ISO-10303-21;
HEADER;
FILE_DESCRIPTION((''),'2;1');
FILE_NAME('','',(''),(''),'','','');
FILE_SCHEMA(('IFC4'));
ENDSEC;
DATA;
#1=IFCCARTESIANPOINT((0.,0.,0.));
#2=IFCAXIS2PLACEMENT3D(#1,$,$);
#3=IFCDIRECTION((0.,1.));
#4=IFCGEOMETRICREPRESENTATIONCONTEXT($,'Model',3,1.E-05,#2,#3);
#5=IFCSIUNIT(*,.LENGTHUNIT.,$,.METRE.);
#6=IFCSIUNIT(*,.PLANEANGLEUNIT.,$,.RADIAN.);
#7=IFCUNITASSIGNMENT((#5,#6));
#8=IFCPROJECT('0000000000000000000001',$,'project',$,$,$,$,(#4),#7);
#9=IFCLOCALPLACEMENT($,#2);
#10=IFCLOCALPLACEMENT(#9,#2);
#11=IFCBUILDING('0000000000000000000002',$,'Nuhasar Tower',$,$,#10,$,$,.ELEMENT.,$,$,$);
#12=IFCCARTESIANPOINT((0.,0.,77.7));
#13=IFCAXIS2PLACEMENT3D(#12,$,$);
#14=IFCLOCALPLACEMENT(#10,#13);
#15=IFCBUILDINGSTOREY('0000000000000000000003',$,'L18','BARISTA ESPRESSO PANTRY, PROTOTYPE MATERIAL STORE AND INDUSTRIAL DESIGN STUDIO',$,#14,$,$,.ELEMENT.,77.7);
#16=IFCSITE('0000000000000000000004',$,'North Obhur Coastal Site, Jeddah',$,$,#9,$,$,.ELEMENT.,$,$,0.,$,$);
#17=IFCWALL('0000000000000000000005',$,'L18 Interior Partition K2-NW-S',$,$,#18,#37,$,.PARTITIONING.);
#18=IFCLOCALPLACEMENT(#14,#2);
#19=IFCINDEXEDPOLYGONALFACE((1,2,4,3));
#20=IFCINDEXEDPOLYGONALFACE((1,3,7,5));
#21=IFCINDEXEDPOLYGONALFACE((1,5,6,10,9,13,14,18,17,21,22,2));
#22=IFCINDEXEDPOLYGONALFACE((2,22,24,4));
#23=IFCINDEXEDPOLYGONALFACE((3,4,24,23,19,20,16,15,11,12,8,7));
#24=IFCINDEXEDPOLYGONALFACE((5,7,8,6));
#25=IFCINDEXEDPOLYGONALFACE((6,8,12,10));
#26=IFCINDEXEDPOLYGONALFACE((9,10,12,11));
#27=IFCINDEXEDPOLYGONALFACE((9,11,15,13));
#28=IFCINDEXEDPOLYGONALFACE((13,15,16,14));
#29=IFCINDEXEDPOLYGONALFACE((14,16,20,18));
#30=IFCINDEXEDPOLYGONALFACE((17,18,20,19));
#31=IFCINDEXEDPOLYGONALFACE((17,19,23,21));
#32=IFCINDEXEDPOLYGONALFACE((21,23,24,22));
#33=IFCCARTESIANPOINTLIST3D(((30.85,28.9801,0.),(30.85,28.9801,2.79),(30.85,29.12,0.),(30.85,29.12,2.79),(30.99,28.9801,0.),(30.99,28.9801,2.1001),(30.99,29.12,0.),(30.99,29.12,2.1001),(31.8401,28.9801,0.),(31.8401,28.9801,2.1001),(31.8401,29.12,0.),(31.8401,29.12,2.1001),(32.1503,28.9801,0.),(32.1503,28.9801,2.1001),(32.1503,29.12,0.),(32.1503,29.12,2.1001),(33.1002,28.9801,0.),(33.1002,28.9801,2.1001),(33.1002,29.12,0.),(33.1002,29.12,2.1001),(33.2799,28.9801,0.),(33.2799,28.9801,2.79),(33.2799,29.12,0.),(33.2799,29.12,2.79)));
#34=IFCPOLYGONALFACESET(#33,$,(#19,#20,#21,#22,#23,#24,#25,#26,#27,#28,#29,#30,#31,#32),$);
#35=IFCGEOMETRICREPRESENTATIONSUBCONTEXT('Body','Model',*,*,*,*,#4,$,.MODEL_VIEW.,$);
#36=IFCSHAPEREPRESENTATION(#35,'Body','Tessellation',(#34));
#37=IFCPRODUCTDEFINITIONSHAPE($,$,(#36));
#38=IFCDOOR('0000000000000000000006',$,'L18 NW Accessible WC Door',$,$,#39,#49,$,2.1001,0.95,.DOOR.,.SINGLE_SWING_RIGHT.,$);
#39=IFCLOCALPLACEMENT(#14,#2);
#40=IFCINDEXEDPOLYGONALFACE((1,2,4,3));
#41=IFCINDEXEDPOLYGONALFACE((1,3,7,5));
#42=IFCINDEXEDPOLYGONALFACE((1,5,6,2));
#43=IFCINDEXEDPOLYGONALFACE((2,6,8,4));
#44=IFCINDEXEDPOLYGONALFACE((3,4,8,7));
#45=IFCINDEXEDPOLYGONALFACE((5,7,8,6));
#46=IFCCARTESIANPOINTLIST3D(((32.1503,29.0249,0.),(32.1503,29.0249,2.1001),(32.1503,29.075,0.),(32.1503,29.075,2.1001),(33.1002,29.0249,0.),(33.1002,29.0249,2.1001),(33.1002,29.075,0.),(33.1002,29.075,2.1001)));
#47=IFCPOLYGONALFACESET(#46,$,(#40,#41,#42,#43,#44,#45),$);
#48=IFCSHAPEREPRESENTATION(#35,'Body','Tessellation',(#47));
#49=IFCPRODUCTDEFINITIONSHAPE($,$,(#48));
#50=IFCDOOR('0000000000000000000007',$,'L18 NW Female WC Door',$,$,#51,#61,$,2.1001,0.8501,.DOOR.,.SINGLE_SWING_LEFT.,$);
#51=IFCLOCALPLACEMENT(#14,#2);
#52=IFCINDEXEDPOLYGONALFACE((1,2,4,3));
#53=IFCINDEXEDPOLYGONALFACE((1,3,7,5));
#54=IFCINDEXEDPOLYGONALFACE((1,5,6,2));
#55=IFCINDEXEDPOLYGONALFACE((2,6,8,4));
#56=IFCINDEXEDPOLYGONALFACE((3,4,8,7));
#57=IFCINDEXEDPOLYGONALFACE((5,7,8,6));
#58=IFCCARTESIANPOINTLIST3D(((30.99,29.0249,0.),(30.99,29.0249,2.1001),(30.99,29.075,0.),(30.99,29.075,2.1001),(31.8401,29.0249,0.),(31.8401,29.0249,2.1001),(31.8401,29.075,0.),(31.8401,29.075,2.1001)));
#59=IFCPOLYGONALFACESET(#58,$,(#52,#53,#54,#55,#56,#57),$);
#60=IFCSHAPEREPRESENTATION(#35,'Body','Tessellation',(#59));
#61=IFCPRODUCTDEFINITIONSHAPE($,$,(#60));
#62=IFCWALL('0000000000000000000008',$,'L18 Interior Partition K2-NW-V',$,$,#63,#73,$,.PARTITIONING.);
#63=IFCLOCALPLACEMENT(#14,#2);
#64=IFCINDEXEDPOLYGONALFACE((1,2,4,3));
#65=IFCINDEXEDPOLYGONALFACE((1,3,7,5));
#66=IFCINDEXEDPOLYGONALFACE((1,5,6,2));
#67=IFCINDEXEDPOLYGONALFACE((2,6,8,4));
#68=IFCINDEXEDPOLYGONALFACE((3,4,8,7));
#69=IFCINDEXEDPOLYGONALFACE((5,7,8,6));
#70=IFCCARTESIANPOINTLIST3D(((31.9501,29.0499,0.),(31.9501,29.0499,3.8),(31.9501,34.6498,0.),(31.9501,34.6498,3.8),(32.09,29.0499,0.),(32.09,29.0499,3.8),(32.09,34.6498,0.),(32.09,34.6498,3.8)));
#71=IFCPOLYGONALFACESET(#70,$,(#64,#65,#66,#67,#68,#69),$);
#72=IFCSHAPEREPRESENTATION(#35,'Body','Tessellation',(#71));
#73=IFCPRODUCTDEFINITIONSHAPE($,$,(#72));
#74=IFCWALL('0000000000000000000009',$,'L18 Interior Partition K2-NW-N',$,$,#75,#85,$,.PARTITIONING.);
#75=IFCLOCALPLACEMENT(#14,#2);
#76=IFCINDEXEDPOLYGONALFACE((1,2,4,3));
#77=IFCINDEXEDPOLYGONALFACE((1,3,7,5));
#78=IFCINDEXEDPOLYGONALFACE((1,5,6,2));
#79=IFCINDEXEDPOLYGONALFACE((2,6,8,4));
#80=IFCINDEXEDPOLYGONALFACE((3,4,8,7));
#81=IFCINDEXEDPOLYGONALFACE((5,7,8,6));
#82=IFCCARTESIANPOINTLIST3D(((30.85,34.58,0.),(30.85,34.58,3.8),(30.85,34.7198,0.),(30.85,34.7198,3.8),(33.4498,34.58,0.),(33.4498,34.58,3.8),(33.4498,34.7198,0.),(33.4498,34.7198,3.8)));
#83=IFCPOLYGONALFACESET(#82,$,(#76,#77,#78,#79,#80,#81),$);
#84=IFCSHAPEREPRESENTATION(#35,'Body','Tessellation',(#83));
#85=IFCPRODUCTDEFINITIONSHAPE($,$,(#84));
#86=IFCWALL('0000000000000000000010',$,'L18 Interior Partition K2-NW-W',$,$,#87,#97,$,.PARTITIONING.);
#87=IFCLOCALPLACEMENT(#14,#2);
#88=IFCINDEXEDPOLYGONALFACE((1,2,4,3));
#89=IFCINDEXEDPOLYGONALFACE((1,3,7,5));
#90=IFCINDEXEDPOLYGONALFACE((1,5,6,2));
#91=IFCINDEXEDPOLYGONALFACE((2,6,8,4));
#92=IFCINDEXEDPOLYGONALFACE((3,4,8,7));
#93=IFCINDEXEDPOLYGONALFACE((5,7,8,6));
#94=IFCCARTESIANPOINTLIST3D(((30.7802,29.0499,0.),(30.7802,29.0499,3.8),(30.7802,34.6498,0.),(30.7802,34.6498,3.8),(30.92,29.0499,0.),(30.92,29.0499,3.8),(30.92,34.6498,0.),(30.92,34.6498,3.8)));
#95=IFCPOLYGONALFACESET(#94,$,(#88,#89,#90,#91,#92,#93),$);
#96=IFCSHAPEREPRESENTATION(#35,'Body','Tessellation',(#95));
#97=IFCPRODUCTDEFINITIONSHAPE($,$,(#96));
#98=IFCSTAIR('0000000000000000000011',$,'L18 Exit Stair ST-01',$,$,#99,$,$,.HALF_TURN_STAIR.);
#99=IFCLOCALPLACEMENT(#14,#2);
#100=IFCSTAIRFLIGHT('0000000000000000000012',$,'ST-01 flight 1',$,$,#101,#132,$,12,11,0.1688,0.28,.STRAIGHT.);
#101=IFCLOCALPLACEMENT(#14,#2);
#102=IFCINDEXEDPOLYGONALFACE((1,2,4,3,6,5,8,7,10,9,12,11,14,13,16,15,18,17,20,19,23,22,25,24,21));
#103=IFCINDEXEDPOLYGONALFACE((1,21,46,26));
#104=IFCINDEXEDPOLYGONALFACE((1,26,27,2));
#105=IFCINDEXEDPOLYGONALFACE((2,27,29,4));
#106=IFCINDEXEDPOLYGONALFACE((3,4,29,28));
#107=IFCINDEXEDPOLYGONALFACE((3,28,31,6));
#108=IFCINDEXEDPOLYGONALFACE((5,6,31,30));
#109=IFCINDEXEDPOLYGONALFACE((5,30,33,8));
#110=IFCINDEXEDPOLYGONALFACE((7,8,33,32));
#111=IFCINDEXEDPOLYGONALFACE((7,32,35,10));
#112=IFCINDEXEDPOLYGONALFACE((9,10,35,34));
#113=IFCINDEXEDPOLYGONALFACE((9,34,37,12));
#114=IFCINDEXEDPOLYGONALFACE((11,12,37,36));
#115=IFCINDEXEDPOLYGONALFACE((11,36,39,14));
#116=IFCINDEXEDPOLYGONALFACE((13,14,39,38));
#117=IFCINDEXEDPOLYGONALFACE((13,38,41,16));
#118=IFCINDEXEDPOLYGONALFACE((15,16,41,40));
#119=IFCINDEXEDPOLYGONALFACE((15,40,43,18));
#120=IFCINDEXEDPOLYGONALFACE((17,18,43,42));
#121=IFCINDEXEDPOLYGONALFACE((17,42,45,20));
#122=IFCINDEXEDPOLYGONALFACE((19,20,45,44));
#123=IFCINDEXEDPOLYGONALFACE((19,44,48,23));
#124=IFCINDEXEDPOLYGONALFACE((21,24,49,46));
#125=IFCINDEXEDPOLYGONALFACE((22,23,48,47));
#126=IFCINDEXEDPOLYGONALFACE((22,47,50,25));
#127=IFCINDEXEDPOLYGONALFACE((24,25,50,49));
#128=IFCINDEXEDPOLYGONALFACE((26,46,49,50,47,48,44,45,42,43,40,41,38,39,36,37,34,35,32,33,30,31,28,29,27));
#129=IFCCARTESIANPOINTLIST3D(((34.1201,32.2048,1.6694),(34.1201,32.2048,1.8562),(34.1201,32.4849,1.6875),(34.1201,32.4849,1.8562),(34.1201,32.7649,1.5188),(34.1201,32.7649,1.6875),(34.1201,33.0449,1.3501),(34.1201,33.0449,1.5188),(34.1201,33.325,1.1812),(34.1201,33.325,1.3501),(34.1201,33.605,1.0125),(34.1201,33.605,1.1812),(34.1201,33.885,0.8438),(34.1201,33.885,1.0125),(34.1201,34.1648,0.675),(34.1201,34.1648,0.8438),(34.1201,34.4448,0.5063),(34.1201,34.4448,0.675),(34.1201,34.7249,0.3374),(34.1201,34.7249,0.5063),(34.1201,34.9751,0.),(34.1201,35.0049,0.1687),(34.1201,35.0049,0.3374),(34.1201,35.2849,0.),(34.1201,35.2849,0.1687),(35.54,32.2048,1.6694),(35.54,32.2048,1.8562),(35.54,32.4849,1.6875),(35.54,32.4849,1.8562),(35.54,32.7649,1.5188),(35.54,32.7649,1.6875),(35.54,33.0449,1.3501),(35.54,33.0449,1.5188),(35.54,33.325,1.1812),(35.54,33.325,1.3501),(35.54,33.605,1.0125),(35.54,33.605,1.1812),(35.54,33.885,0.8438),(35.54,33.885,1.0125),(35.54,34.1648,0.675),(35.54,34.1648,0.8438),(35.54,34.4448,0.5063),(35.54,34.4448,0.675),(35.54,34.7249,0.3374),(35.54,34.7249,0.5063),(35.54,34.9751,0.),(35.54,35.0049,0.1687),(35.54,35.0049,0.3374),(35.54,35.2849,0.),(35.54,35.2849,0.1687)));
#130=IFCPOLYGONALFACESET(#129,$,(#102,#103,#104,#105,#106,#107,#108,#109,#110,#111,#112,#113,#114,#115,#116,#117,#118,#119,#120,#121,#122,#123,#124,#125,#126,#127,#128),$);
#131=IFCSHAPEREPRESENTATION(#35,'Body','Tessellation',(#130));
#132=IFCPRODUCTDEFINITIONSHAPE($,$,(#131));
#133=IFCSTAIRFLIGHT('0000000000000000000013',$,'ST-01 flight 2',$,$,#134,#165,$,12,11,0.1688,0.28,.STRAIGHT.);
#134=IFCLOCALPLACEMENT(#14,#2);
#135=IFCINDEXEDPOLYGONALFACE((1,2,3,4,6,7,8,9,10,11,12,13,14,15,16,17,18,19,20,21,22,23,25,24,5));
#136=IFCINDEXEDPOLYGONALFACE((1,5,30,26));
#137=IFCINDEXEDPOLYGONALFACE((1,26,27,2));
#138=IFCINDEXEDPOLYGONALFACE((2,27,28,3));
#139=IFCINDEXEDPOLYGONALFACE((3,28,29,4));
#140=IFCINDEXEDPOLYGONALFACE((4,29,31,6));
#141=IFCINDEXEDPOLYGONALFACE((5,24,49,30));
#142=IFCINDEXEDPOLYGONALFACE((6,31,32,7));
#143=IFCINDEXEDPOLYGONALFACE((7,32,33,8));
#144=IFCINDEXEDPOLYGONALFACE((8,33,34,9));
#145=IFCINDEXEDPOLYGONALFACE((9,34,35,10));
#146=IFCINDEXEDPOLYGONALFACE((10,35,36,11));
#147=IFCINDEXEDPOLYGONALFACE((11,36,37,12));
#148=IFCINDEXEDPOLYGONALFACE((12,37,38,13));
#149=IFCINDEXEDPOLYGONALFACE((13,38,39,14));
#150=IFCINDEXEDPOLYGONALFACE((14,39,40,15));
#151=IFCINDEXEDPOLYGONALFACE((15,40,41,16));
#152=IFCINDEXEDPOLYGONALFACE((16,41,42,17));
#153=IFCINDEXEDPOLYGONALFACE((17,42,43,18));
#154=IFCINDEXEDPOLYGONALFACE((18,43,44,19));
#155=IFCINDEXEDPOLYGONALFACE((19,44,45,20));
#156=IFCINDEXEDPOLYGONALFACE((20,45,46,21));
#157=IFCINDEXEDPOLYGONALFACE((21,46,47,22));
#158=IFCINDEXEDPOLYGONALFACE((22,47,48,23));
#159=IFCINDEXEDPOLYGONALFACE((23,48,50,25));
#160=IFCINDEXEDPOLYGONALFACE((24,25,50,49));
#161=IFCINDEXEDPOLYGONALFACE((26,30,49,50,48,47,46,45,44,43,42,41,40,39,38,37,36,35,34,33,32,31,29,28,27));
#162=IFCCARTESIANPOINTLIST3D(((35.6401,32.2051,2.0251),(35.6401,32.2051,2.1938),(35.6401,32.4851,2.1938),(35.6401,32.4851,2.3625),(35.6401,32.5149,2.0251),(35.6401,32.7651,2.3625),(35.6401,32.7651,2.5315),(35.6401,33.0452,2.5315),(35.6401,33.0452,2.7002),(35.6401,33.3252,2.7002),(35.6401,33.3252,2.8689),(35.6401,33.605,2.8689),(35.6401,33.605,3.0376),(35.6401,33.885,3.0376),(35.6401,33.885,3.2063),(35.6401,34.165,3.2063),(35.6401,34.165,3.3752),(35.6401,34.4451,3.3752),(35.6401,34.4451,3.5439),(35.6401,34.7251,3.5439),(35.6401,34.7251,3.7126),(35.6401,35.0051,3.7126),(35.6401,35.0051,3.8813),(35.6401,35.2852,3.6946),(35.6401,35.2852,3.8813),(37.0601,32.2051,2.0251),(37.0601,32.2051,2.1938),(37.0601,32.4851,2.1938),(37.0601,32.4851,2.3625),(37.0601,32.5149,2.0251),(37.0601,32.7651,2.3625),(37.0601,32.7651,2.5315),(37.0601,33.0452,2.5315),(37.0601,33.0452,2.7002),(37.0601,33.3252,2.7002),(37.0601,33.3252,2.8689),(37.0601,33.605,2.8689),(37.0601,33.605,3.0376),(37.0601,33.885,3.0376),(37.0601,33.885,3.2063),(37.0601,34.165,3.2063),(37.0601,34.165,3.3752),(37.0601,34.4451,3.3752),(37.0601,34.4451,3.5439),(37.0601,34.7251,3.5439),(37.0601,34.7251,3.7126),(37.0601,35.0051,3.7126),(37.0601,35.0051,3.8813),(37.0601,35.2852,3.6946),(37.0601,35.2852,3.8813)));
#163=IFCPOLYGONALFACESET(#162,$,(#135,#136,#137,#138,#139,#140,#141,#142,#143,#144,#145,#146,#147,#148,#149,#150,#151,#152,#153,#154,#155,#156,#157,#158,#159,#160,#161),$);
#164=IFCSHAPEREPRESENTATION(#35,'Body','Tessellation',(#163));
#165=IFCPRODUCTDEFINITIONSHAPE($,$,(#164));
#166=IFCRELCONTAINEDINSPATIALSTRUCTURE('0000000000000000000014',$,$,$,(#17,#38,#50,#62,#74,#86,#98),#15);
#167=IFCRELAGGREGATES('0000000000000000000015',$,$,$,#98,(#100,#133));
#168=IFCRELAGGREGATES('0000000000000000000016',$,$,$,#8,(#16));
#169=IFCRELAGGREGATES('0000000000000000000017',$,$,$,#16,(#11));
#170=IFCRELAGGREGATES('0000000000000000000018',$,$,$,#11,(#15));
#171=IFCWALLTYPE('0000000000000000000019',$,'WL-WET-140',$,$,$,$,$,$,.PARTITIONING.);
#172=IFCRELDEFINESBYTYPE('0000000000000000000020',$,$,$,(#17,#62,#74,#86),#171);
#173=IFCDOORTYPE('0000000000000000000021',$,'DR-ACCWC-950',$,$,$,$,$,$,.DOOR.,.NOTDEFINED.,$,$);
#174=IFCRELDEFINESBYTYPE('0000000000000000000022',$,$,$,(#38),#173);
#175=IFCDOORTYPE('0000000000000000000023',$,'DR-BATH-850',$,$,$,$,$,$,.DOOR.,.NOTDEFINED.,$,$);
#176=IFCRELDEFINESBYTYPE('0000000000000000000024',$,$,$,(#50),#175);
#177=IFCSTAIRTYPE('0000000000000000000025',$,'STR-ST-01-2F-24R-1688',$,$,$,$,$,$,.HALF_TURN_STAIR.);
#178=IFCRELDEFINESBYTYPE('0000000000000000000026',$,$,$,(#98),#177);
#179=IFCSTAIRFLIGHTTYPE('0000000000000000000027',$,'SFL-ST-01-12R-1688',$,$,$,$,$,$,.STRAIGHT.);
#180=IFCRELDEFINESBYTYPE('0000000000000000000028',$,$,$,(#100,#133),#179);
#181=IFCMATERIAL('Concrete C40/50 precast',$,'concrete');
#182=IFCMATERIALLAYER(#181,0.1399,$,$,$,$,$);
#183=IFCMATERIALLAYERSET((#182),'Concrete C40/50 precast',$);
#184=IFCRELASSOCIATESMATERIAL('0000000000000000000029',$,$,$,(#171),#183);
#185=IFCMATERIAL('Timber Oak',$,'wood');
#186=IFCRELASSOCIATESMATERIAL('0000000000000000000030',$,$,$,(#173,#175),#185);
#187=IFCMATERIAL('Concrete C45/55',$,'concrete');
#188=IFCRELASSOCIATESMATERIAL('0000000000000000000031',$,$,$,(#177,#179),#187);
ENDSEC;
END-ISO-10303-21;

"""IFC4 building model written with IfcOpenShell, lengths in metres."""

from ifc_helpers import new_model, si_unit, direction, frame, frame_2d, origin, place, context, subcontext, project, spatial, polyline, rectangle, outline, extrude, material, layer, layer_set, type_object, element, fill, aggregate, save


model = new_model("IFC4")

# Units and contexts
model_context = context("Model", 3, precision=1e-05, world=origin(), true_north=direction((0.0, 1.0)))
body_context = subcontext(model_context, "Body", "Model", "MODEL_VIEW")
ifc_project = project(units=[si_unit("LENGTHUNIT", "METRE"), si_unit("PLANEANGLEUNIT", "RADIAN")], contexts=[model_context])

# Site, building, storey
site_placement = place(None, origin())
site = spatial("IfcSite", under=ifc_project, at=site_placement, Name="North Obhur Coastal Site, Jeddah", CompositionType="ELEMENT", RefElevation=0.0)
building_placement = place(site_placement, origin())
building = spatial("IfcBuilding", under=site, at=building_placement, Name="Nuhasar Tower", CompositionType="ELEMENT")
storey_placement = place(building_placement, frame((0.0, 0.0, 77.7)))
storey = spatial("IfcBuildingStorey", under=building, at=storey_placement, Name="L18", Description="BARISTA ESPRESSO PANTRY, PROTOTYPE MATERIAL STORE AND INDUSTRIAL DESIGN STUDIO", CompositionType="ELEMENT", Elevation=77.7)

# Shared definitions
ifc_material_1 = material(Name="Concrete C40/50 precast", Category="concrete")
ifc_layer_1 = layer(ifc_material_1, 0.1399)
ifc_layer_set_1 = layer_set([ifc_layer_1], Name="Concrete C40/50 precast")
wall_type_1 = type_object("IfcWallType", Name="WL-WET-140", PredefinedType="PARTITIONING", material=ifc_layer_set_1)

# Wall, openings, doors
wall_1_placement = place(storey_placement, frame((30.8501, 29.05, 0.0), z_axis=(0.0, 0.0, 1.0), x_axis=(1.0, 0.0, 0.0)))
wall_1 = element("IfcWall", 1, at=wall_1_placement, inside=storey, type_object=wall_type_1, Name="L18 Interior Partition K2-NW-S", PredefinedType="PARTITIONING", context=body_context, shape_type="SweptSolid", body=[
    extrude(rectangle(XDim=2.4299, YDim=0.1399, at=frame_2d((1.2148, 0.0))), origin(), (0.0, 0.0, 1.0), 2.79),
])
opening_1_placement = place(wall_1_placement, frame((0.1399, 0.0, 0.0)))
opening_1 = element("IfcOpeningElement", 2, at=opening_1_placement, cuts=wall_1, PredefinedType="OPENING", context=body_context, shape_type="SweptSolid", body=[
    extrude(rectangle(XDim=0.8501, YDim=2.1001, at=frame_2d((0.425, 1.05))), frame((0.0, 0.0801, 0.0), z_axis=(0.0, -1.0, 0.0), x_axis=(1.0, 0.0, 0.0)), (0.0, 0.0, 1.0), 0.1599),
])
opening_2_placement = place(wall_1_placement, frame((1.3, 0.0, 0.0)))
opening_2 = element("IfcOpeningElement", 3, at=opening_2_placement, cuts=wall_1, PredefinedType="OPENING", context=body_context, shape_type="SweptSolid", body=[
    extrude(rectangle(XDim=0.95, YDim=2.1001, at=frame_2d((0.4751, 1.05))), frame((0.0, 0.0801, 0.0), z_axis=(0.0, -1.0, 0.0), x_axis=(1.0, 0.0, 0.0)), (0.0, 0.0, 1.0), 0.1599),
])
ifc_material_2 = material(Name="Timber Oak", Category="wood")
door_type_1 = type_object("IfcDoorType", Name="DR-ACCWC-950", OperationType="NOTDEFINED", PredefinedType="DOOR", material=ifc_material_2)
door_1_placement = place(opening_2_placement, origin())
door_1 = element("IfcDoor", 4, at=door_1_placement, inside=storey, type_object=door_type_1, Name="L18 NW Accessible WC Door", OperationType="SINGLE_SWING_RIGHT", OverallHeight=2.1001, OverallWidth=0.95, PredefinedType="DOOR", context=body_context, shape_type="SweptSolid", body=[
    extrude(rectangle(XDim=0.95, YDim=2.1001, at=frame_2d((0.4751, 1.05))), frame((0.0, 0.0249, 0.0), z_axis=(0.0, -1.0, 0.0), x_axis=(1.0, 0.0, 0.0)), (0.0, 0.0, 1.0), 0.05),
])
fill(opening_2, door_1)
door_type_2 = type_object("IfcDoorType", Name="DR-BATH-850", OperationType="NOTDEFINED", PredefinedType="DOOR", material=ifc_material_2)
door_2_placement = place(opening_1_placement, origin())
door_2 = element("IfcDoor", 5, at=door_2_placement, inside=storey, type_object=door_type_2, Name="L18 NW Female WC Door", OperationType="SINGLE_SWING_LEFT", OverallHeight=2.1001, OverallWidth=0.8501, PredefinedType="DOOR", context=body_context, shape_type="SweptSolid", body=[
    extrude(rectangle(XDim=0.8501, YDim=2.1001, at=frame_2d((0.425, 1.05))), frame((0.0, 0.0249, 0.0), z_axis=(0.0, -1.0, 0.0), x_axis=(1.0, 0.0, 0.0)), (0.0, 0.0, 1.0), 0.05),
])
fill(opening_1, door_2)

# Walls
wall_2_placement = place(storey_placement, frame((32.02, 29.05, 0.0), z_axis=(0.0, 0.0, 1.0), x_axis=(0.0, 1.0, 0.0)))
element("IfcWall", 6, at=wall_2_placement, inside=storey, type_object=wall_type_1, Name="L18 Interior Partition K2-NW-V", PredefinedType="PARTITIONING", context=body_context, shape_type="SweptSolid", body=[
    extrude(rectangle(XDim=5.5999, YDim=0.1399, at=frame_2d((2.7998, 0.0))), origin(), (0.0, 0.0, 1.0), 3.8),
])
wall_3_placement = place(storey_placement, frame((30.8501, 34.6499, 0.0), z_axis=(0.0, 0.0, 1.0), x_axis=(1.0, 0.0, 0.0)))
element("IfcWall", 7, at=wall_3_placement, inside=storey, type_object=wall_type_1, Name="L18 Interior Partition K2-NW-N", PredefinedType="PARTITIONING", context=body_context, shape_type="SweptSolid", body=[
    extrude(rectangle(XDim=2.5999, YDim=0.1399, at=frame_2d((1.2998, 0.0))), origin(), (0.0, 0.0, 1.0), 3.8),
])
wall_4_placement = place(storey_placement, frame((30.8501, 29.05, 0.0), z_axis=(0.0, 0.0, 1.0), x_axis=(0.0, 1.0, 0.0)))
element("IfcWall", 8, at=wall_4_placement, inside=storey, type_object=wall_type_1, Name="L18 Interior Partition K2-NW-W", PredefinedType="PARTITIONING", context=body_context, shape_type="SweptSolid", body=[
    extrude(rectangle(XDim=5.5999, YDim=0.1399, at=frame_2d((2.7998, 0.0))), origin(), (0.0, 0.0, 1.0), 3.8),
])

# Stair, stair flights
ifc_material_3 = material(Name="Concrete C45/55", Category="concrete")
stair_type_1 = type_object("IfcStairType", Name="STR-ST-01-2F-24R-1688", PredefinedType="HALF_TURN_STAIR", material=ifc_material_3)
stair_1_placement = place(storey_placement, origin())
stair_1 = element("IfcStair", 9, at=stair_1_placement, inside=storey, type_object=stair_type_1, Name="L18 Exit Stair ST-01", PredefinedType="HALF_TURN_STAIR")
stair_flight_type_1 = type_object("IfcStairFlightType", Name="SFL-ST-01-12R-1688", PredefinedType="STRAIGHT", material=ifc_material_3)
stair_flight_1_placement = place(storey_placement, frame((34.8301, 35.2849, 0.0), z_axis=(0.0, 0.0, 1.0), x_axis=(0.0, -1.0, 0.0)))
stair_flight_1 = element("IfcStairFlight", 10, at=stair_flight_1_placement, type_object=stair_flight_type_1, Name="ST-01 flight 1", NumberOfRisers=12, NumberOfTreads=11, PredefinedType="STRAIGHT", RiserHeight=0.1688, TreadLength=0.28, context=body_context, shape_type="SweptSolid", body=[
    extrude(outline(polyline([(0.0, 0.0), (0.0, 0.1687), (0.28, 0.1687), (0.28, 0.3374), (0.5601, 0.3374), (0.5601, 0.5063), (0.8401, 0.5063), (0.8401, 0.675), (1.1201, 0.675), (1.1201, 0.8438), (1.3999, 0.8438), (1.3999, 1.0125), (1.6799, 1.0125), (1.6799, 1.1812), (1.96, 1.1812), (1.96, 1.3501), (2.24, 1.3501), (2.24, 1.5188), (2.52, 1.5188), (2.52, 1.6875), (2.8, 1.6875), (2.8, 1.8562), (3.0801, 1.8562), (3.0801, 2.0249), (3.0801, 1.6694), (0.3098, 0.0), (0.0, 0.0)])), frame((0.0, 0.71, 0.0), z_axis=(0.0, -1.0, 0.0), x_axis=(1.0, 0.0, 0.0)), (0.0, 0.0, 1.0), 1.4199),
])
stair_flight_2_placement = place(storey_placement, frame((36.3501, 32.2051, 2.0251), z_axis=(0.0, 0.0, 1.0), x_axis=(0.0, 1.0, 0.0)))
stair_flight_2 = element("IfcStairFlight", 11, at=stair_flight_2_placement, type_object=stair_flight_type_1, Name="ST-01 flight 2", NumberOfRisers=12, NumberOfTreads=11, PredefinedType="STRAIGHT", RiserHeight=0.1688, TreadLength=0.28, context=body_context, shape_type="SweptSolid", body=[
    extrude(outline(polyline([(0.0, 0.0), (0.0, 0.1687), (0.28, 0.1687), (0.28, 0.3374), (0.5601, 0.3374), (0.5601, 0.5063), (0.8401, 0.5063), (0.8401, 0.675), (1.1201, 0.675), (1.1201, 0.8438), (1.3999, 0.8438), (1.3999, 1.0125), (1.6799, 1.0125), (1.6799, 1.1812), (1.96, 1.1812), (1.96, 1.3501), (2.24, 1.3501), (2.24, 1.5188), (2.52, 1.5188), (2.52, 1.6875), (2.8, 1.6875), (2.8, 1.8562), (3.0801, 1.8562), (3.0801, 2.0249), (3.0801, 1.6694), (0.3098, 0.0), (0.0, 0.0)])), frame((0.0, 0.71, 0.0), z_axis=(0.0, -1.0, 0.0), x_axis=(1.0, 0.0, 0.0)), (0.0, 0.0, 1.0), 1.4199),
])
aggregate(stair_1, [stair_flight_1, stair_flight_2])

save(model, "model.ifc")
